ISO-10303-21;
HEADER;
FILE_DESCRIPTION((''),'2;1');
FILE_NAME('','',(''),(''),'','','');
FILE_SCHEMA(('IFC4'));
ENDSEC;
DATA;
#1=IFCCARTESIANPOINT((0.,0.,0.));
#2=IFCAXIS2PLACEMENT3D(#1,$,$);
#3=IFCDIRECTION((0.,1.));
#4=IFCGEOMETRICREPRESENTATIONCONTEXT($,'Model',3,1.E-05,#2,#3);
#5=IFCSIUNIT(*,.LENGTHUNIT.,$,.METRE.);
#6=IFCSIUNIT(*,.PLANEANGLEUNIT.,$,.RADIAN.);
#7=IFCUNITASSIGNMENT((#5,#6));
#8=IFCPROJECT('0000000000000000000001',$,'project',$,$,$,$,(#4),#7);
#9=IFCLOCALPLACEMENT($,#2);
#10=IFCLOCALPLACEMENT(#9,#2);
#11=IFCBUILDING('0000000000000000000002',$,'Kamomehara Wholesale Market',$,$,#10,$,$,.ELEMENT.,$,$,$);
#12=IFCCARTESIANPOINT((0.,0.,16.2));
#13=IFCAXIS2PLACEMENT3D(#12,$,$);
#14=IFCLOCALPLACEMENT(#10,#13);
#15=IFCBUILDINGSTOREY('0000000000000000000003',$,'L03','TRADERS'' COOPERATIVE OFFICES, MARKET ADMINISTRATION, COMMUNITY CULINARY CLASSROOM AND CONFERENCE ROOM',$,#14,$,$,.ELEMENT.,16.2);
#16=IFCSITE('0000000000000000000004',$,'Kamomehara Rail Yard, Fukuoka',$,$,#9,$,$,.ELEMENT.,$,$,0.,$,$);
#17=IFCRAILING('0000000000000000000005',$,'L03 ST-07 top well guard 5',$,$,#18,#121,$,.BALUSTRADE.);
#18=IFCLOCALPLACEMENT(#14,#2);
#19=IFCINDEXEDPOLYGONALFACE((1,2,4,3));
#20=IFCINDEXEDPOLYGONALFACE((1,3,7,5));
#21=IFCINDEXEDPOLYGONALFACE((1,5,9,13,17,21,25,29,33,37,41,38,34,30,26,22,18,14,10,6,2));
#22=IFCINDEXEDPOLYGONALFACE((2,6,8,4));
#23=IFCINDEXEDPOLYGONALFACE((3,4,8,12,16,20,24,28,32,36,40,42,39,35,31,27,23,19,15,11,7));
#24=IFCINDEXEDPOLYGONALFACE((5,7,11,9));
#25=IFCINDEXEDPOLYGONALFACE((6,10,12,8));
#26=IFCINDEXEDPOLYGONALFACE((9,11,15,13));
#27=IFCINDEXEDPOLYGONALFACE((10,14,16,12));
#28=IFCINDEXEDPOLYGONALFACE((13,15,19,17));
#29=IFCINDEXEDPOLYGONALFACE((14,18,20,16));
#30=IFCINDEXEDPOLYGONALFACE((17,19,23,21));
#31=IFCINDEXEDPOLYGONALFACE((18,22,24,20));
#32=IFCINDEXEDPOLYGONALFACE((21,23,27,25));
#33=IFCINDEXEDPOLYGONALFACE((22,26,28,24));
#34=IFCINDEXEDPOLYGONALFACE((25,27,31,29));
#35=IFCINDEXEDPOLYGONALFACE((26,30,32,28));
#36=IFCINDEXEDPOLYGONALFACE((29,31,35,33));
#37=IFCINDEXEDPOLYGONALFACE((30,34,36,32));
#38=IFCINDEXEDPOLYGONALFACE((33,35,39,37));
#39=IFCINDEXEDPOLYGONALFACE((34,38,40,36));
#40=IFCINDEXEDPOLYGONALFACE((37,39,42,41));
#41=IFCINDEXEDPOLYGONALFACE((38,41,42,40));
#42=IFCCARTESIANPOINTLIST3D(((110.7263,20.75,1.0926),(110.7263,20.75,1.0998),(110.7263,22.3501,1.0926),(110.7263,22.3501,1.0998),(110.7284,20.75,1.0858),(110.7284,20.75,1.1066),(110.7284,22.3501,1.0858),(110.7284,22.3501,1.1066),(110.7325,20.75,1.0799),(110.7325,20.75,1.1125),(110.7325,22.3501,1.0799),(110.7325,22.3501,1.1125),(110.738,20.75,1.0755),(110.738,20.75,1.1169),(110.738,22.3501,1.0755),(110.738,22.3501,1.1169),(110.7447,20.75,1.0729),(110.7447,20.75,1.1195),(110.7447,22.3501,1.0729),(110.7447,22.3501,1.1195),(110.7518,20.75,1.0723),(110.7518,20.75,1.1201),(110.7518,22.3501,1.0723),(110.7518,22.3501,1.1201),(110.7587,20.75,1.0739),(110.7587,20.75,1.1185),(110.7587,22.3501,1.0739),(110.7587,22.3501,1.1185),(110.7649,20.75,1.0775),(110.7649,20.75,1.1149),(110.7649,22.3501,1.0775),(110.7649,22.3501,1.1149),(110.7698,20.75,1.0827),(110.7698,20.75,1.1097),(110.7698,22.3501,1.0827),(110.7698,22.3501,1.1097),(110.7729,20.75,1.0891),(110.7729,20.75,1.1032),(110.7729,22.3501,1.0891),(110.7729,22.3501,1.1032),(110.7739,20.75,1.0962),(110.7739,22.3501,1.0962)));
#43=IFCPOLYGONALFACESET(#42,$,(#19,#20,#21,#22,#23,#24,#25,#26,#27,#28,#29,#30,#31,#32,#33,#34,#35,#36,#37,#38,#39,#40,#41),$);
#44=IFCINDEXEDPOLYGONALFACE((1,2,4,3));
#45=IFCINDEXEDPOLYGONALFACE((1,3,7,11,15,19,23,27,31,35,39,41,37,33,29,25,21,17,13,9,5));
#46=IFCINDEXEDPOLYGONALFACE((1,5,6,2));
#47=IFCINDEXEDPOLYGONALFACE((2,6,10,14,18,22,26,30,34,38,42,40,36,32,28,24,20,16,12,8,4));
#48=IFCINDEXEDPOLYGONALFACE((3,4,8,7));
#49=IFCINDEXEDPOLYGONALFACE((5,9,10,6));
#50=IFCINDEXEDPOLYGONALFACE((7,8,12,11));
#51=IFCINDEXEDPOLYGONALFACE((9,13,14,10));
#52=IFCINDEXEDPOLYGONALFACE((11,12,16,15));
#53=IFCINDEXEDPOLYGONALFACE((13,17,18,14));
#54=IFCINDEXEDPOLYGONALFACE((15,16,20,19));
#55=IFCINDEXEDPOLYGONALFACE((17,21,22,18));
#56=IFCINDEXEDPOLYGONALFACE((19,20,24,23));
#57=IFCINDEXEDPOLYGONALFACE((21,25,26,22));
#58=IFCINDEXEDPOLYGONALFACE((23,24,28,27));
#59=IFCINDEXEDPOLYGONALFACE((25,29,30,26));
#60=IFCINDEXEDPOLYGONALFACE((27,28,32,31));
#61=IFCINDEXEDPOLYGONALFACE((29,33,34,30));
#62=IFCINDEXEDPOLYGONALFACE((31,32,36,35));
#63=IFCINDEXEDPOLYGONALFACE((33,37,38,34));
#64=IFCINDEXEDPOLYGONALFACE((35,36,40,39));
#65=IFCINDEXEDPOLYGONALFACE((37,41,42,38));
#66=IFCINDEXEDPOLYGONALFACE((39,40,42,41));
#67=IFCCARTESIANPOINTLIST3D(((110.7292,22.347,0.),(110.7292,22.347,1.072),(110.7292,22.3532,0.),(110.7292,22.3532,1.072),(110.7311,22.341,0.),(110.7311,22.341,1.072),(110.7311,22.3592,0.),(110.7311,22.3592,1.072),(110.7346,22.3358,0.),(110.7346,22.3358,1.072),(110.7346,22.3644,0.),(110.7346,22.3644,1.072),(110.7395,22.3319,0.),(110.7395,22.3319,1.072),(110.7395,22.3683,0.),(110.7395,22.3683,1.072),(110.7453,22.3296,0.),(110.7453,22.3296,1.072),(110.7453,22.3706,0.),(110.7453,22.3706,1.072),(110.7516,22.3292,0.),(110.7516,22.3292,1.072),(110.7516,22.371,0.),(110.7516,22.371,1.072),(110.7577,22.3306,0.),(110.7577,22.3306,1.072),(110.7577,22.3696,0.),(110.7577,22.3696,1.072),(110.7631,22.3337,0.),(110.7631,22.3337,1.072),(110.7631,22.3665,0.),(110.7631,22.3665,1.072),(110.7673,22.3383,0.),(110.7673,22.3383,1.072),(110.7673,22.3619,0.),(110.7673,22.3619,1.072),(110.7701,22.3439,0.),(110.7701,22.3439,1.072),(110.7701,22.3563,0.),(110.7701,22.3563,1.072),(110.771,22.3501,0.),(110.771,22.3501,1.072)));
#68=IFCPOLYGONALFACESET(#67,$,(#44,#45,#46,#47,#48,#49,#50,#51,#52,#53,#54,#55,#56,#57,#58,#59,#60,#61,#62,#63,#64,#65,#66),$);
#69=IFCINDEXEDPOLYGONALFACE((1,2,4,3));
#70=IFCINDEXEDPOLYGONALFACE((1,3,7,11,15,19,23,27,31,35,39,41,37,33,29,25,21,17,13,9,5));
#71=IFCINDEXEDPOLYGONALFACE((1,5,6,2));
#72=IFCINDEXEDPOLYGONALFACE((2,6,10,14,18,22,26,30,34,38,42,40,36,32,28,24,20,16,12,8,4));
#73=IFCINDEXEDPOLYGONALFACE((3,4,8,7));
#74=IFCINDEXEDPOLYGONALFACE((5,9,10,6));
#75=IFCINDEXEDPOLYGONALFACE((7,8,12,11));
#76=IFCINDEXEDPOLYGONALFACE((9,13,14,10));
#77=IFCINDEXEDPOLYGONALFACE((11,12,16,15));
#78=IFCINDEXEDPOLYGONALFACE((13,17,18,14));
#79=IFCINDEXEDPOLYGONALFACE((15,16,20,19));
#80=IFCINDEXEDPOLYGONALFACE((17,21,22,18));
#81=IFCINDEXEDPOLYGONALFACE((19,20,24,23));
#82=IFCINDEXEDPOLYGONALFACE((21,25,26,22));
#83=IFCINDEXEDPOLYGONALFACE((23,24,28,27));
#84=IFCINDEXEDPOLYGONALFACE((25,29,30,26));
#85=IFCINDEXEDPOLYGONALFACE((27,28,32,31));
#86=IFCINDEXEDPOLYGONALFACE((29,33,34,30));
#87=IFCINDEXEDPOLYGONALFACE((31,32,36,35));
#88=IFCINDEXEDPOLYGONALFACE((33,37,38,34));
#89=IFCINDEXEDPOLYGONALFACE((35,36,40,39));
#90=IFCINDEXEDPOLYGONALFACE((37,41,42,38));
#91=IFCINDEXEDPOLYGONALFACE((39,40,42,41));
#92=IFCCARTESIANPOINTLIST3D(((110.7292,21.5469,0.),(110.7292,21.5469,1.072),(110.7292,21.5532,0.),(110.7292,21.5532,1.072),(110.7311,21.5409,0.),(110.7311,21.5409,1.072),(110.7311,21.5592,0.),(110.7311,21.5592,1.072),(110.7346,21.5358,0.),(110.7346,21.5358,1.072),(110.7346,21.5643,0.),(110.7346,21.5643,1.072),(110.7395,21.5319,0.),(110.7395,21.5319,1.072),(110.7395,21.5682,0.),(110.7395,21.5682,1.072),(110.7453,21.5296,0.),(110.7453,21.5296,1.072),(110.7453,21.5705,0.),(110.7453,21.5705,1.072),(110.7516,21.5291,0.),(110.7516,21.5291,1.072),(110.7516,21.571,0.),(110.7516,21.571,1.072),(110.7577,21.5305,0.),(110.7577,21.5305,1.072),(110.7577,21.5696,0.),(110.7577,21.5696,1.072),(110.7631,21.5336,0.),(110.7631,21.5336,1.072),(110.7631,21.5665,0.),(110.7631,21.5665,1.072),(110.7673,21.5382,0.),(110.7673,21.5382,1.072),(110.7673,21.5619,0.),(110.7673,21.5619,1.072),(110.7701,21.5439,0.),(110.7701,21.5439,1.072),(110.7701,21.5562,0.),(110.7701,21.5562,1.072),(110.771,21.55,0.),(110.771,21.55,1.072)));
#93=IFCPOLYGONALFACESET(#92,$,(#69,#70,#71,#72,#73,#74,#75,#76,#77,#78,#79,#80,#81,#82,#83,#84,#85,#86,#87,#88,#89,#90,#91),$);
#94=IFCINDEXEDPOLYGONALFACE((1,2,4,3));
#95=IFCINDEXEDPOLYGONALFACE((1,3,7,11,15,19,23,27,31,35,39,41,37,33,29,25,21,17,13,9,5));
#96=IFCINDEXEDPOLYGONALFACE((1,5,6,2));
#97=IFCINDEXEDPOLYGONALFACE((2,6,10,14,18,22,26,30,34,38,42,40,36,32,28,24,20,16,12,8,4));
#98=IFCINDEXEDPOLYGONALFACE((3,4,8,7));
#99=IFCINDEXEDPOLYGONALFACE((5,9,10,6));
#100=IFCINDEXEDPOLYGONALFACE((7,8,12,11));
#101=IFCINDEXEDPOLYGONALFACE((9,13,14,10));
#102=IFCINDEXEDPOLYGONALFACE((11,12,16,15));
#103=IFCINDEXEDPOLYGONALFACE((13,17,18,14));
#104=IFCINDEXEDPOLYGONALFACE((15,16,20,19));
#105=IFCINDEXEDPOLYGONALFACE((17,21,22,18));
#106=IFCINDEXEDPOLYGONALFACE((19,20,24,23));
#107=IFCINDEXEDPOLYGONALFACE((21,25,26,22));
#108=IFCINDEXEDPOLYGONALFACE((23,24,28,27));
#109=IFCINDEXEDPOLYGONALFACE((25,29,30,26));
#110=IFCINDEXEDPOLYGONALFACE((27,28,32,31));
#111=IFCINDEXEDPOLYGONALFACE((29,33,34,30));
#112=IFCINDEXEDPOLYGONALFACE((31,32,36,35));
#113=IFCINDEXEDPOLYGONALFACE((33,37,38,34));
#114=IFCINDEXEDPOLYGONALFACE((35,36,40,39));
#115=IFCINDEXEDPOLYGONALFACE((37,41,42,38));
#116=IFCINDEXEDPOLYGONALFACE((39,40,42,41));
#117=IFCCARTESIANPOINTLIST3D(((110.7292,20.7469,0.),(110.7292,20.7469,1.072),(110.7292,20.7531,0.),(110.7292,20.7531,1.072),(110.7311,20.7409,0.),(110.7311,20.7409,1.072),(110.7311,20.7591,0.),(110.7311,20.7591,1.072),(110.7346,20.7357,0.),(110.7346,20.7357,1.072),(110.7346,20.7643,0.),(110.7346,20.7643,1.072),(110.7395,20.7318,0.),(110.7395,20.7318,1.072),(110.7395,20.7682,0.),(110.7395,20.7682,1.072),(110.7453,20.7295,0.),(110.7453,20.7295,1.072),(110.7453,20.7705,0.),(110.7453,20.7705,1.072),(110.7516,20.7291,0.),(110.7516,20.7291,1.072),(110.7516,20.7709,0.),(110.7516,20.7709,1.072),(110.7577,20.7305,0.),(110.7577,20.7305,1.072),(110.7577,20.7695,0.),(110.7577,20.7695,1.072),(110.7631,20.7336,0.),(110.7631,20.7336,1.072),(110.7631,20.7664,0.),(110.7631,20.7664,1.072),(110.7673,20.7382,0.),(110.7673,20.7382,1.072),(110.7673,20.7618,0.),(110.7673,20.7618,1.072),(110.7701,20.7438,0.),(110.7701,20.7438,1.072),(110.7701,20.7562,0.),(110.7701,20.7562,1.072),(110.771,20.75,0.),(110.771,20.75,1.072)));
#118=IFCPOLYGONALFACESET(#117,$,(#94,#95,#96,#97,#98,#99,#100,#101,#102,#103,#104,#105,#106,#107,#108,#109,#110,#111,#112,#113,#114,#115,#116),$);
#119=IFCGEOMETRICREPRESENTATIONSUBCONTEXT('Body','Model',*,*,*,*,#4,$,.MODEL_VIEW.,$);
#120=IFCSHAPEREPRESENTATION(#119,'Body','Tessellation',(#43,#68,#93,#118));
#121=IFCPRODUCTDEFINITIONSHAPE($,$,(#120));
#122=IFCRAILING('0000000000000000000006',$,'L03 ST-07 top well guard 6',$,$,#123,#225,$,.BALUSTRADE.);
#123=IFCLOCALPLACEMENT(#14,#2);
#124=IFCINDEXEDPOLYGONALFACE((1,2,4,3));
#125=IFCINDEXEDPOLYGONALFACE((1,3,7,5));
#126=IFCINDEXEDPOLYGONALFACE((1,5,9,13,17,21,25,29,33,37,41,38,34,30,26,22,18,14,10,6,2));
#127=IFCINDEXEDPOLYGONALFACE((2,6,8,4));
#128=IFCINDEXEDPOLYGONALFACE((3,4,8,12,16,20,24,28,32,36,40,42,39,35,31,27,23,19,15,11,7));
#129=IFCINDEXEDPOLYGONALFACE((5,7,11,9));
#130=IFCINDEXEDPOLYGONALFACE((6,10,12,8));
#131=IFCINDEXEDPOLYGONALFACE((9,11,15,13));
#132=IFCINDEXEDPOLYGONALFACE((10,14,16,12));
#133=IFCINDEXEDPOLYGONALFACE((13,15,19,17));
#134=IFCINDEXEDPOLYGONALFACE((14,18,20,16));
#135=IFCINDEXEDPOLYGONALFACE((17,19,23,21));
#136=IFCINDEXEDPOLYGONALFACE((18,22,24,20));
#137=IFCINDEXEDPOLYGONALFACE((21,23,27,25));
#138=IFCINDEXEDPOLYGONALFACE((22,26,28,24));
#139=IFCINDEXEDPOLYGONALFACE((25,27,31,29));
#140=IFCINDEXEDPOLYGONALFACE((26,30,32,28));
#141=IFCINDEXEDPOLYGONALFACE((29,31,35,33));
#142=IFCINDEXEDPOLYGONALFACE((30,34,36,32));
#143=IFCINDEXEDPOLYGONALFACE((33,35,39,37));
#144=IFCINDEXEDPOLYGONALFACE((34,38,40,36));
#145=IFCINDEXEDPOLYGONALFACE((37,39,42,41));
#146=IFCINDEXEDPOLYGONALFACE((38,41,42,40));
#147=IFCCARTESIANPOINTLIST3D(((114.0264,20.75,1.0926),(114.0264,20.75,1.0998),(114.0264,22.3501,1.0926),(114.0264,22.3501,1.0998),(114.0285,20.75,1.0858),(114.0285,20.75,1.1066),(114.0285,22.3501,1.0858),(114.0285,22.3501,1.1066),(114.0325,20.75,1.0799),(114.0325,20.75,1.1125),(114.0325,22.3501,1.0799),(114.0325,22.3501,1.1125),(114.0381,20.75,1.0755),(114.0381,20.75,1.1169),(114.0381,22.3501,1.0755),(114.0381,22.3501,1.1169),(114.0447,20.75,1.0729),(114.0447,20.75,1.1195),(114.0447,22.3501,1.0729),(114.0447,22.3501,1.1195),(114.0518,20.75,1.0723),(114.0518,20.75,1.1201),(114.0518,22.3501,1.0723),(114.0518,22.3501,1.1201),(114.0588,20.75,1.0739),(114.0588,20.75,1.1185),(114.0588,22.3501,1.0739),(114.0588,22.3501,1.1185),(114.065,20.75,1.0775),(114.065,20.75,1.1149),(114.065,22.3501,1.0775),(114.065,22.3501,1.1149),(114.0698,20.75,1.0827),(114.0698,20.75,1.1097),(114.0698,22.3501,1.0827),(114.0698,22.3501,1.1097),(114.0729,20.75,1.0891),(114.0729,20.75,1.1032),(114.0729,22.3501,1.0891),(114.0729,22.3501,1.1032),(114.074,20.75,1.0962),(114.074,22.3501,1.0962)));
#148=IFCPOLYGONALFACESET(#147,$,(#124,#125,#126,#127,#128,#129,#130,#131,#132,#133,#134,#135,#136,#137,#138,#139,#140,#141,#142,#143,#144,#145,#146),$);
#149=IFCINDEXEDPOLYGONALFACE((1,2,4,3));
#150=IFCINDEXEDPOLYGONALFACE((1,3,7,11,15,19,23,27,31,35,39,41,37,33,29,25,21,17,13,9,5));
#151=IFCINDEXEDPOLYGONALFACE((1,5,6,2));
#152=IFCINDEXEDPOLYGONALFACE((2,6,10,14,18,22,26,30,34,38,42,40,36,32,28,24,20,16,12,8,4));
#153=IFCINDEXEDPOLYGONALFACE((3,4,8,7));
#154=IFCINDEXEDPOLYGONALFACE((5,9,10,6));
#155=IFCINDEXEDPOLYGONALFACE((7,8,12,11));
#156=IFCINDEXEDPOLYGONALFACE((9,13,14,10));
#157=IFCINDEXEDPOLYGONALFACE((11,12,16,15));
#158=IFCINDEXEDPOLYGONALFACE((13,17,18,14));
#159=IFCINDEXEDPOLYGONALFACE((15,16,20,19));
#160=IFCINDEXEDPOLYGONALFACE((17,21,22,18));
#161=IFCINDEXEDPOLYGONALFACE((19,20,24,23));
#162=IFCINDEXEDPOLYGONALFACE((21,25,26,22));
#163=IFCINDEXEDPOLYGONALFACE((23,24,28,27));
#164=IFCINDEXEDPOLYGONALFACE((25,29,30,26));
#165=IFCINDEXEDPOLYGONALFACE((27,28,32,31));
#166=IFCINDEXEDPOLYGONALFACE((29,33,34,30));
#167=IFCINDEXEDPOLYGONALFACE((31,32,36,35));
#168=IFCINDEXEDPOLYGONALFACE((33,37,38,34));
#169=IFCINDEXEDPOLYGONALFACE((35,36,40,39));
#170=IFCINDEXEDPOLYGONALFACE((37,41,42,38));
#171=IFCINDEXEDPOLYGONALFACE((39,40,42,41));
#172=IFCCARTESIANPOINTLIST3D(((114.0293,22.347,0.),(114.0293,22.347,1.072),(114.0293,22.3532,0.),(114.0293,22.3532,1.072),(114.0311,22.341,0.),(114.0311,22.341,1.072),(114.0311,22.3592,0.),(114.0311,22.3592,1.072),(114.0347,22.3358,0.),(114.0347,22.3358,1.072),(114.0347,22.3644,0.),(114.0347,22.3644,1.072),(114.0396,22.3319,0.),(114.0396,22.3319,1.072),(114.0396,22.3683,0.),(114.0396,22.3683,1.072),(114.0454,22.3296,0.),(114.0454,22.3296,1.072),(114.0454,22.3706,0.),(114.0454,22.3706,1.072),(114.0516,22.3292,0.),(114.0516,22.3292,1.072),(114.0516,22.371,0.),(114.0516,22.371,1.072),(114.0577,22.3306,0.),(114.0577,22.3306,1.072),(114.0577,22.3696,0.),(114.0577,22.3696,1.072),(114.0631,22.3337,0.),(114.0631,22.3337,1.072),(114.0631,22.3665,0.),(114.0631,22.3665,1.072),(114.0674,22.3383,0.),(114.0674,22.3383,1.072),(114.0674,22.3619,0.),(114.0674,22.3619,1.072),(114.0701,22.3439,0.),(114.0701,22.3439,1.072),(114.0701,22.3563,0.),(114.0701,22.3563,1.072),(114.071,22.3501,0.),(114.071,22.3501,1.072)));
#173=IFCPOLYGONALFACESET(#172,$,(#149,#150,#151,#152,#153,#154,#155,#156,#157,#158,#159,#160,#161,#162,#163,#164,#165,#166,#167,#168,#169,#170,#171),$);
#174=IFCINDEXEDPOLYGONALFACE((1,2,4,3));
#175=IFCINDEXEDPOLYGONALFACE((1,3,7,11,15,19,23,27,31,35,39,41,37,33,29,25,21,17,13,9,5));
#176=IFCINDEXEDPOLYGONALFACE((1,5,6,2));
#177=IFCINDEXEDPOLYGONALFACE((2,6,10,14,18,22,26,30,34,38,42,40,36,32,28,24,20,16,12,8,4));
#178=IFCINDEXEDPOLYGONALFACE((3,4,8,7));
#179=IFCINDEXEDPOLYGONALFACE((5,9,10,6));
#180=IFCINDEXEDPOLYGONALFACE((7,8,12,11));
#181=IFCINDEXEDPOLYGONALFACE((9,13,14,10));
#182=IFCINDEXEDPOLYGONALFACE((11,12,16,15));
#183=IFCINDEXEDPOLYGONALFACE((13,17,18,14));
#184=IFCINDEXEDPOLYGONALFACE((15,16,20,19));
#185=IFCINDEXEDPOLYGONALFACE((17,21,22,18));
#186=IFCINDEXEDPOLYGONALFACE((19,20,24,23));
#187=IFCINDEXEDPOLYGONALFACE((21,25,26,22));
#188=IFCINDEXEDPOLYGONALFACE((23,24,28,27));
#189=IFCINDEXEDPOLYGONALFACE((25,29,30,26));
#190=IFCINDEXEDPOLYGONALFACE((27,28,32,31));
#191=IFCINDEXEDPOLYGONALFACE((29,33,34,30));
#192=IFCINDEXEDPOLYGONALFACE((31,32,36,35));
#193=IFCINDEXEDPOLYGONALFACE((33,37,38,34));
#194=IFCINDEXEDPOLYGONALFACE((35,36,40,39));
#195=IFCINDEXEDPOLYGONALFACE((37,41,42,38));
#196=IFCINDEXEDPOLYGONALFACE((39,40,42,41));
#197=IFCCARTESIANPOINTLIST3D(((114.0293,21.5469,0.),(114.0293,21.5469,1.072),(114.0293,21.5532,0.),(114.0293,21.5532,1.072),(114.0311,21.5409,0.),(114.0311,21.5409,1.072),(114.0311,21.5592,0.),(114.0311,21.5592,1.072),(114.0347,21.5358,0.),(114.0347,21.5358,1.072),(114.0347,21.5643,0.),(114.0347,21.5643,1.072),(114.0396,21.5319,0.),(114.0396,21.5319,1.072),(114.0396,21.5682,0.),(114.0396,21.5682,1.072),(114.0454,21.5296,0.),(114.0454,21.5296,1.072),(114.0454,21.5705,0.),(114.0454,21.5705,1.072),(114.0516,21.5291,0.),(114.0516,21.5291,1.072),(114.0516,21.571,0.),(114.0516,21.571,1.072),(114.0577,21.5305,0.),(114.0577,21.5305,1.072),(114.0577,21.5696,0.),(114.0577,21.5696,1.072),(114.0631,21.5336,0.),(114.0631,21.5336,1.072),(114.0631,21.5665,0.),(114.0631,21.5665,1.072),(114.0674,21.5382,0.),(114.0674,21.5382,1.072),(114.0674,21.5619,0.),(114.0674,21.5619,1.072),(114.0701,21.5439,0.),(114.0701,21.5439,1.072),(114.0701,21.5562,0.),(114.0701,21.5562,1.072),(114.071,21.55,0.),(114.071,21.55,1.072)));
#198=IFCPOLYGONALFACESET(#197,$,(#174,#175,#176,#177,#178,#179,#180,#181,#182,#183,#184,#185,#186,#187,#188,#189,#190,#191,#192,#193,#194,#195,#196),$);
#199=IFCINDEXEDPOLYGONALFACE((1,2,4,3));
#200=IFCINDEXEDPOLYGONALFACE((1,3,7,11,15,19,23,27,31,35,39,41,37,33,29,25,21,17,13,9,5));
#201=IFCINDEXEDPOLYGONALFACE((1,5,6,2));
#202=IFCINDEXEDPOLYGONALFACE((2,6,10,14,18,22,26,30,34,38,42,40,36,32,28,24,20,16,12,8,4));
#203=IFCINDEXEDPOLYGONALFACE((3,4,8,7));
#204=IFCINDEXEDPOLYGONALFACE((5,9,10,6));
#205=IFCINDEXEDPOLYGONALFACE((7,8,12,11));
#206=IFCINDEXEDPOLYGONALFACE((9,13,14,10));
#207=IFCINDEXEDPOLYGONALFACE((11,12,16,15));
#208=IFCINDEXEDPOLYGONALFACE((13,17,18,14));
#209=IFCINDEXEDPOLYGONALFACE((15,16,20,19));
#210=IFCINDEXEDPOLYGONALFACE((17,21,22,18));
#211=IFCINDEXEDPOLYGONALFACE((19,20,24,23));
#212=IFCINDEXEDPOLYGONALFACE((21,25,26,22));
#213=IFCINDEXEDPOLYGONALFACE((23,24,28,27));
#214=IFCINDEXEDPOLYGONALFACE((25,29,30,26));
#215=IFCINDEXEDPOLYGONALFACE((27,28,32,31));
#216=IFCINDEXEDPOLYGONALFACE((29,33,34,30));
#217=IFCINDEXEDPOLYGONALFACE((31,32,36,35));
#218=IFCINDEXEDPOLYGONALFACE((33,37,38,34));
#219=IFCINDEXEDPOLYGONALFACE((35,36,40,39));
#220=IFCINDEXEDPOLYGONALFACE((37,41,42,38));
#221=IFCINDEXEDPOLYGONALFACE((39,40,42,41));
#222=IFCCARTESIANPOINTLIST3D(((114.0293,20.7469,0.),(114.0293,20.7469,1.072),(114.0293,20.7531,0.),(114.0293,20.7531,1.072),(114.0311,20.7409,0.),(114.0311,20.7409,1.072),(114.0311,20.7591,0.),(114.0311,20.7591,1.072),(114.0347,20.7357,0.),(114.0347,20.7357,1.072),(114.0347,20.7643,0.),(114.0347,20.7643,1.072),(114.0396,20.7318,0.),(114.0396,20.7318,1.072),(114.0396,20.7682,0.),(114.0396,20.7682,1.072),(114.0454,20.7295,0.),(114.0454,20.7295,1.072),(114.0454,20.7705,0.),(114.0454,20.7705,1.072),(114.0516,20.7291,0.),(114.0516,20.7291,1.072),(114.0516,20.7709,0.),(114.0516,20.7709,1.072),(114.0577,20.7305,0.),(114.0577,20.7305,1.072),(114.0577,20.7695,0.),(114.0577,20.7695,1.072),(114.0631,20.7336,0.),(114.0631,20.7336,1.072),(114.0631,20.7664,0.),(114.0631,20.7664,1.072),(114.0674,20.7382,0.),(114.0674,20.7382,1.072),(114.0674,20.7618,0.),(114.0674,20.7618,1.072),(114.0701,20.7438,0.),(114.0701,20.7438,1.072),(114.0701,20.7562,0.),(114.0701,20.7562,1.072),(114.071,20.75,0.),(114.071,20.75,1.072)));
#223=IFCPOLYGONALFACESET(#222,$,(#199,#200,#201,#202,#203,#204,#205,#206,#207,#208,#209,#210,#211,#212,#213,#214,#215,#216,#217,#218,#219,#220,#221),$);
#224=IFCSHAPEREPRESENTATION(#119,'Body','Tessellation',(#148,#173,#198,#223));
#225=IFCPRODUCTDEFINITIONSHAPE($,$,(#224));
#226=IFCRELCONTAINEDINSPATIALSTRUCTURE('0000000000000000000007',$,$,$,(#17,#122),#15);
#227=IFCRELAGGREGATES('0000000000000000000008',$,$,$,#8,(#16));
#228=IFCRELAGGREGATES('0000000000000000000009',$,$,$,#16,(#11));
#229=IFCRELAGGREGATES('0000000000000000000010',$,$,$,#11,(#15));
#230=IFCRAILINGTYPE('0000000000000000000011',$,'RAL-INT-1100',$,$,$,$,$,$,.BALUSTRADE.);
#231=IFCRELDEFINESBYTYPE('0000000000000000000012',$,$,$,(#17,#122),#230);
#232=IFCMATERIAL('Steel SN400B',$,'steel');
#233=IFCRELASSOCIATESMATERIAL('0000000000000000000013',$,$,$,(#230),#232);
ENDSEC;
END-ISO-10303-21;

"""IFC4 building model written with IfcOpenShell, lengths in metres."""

from ifc_helpers import new_model, si_unit, direction, frame, origin, origin_2d, place, context, subcontext, project, spatial, circle, extrude, material, type_object, element, save


model = new_model("IFC4")

# Units and contexts
model_context = context("Model", 3, precision=1e-05, world=origin(), true_north=direction((0.0, 1.0)))
body_context = subcontext(model_context, "Body", "Model", "MODEL_VIEW")
ifc_project = project(units=[si_unit("LENGTHUNIT", "METRE"), si_unit("PLANEANGLEUNIT", "RADIAN")], contexts=[model_context])

# Site, building, storey
site_placement = place(None, origin())
site = spatial("IfcSite", under=ifc_project, at=site_placement, Name="Kamomehara Rail Yard, Fukuoka", CompositionType="ELEMENT", RefElevation=0.0)
building_placement = place(site_placement, origin())
building = spatial("IfcBuilding", under=site, at=building_placement, Name="Kamomehara Wholesale Market", CompositionType="ELEMENT")
storey_placement = place(building_placement, frame((0.0, 0.0, 16.2)))
storey = spatial("IfcBuildingStorey", under=building, at=storey_placement, Name="L03", Description="TRADERS' COOPERATIVE OFFICES, MARKET ADMINISTRATION, COMMUNITY CULINARY CLASSROOM AND CONFERENCE ROOM", CompositionType="ELEMENT", Elevation=16.2)

# Railings
ifc_material_1 = material(Name="Steel SN400B", Category="steel")
railing_type = type_object("IfcRailingType", Name="RAL-INT-1100", PredefinedType="BALUSTRADE", material=ifc_material_1)
for number, where, name in (
    (1, (110.75, 22.3501, 0.0), "L03 ST-07 top well guard 5"),
    (2, (114.05, 22.3501, 0.0), "L03 ST-07 top well guard 6"),
):
    element("IfcRailing", number, at=place(storey_placement, frame(where)), inside=storey, type_object=railing_type, Name=name, PredefinedType="BALUSTRADE", context=body_context, shape_type="SweptSolid", body=[
        extrude(circle(Radius=0.0239, at=origin_2d()), frame((0.0, 0.0, 1.0962), z_axis=(0.0, -1.0, 0.0), x_axis=(1.0, 0.0, 0.0)), (0.0, 0.0, 1.0), 1.6001),
        extrude(circle(Radius=0.021, at=origin_2d()), origin(), (0.0, 0.0, 1.0), 1.072),
        extrude(circle(Radius=0.021, at=origin_2d()), frame((0.0, -0.8, 0.0)), (0.0, 0.0, 1.0), 1.072),
        extrude(circle(Radius=0.021, at=origin_2d()), frame((0.0, -1.6001, 0.0)), (0.0, 0.0, 1.0), 1.072),
    ])

save(model, "model.ifc")
